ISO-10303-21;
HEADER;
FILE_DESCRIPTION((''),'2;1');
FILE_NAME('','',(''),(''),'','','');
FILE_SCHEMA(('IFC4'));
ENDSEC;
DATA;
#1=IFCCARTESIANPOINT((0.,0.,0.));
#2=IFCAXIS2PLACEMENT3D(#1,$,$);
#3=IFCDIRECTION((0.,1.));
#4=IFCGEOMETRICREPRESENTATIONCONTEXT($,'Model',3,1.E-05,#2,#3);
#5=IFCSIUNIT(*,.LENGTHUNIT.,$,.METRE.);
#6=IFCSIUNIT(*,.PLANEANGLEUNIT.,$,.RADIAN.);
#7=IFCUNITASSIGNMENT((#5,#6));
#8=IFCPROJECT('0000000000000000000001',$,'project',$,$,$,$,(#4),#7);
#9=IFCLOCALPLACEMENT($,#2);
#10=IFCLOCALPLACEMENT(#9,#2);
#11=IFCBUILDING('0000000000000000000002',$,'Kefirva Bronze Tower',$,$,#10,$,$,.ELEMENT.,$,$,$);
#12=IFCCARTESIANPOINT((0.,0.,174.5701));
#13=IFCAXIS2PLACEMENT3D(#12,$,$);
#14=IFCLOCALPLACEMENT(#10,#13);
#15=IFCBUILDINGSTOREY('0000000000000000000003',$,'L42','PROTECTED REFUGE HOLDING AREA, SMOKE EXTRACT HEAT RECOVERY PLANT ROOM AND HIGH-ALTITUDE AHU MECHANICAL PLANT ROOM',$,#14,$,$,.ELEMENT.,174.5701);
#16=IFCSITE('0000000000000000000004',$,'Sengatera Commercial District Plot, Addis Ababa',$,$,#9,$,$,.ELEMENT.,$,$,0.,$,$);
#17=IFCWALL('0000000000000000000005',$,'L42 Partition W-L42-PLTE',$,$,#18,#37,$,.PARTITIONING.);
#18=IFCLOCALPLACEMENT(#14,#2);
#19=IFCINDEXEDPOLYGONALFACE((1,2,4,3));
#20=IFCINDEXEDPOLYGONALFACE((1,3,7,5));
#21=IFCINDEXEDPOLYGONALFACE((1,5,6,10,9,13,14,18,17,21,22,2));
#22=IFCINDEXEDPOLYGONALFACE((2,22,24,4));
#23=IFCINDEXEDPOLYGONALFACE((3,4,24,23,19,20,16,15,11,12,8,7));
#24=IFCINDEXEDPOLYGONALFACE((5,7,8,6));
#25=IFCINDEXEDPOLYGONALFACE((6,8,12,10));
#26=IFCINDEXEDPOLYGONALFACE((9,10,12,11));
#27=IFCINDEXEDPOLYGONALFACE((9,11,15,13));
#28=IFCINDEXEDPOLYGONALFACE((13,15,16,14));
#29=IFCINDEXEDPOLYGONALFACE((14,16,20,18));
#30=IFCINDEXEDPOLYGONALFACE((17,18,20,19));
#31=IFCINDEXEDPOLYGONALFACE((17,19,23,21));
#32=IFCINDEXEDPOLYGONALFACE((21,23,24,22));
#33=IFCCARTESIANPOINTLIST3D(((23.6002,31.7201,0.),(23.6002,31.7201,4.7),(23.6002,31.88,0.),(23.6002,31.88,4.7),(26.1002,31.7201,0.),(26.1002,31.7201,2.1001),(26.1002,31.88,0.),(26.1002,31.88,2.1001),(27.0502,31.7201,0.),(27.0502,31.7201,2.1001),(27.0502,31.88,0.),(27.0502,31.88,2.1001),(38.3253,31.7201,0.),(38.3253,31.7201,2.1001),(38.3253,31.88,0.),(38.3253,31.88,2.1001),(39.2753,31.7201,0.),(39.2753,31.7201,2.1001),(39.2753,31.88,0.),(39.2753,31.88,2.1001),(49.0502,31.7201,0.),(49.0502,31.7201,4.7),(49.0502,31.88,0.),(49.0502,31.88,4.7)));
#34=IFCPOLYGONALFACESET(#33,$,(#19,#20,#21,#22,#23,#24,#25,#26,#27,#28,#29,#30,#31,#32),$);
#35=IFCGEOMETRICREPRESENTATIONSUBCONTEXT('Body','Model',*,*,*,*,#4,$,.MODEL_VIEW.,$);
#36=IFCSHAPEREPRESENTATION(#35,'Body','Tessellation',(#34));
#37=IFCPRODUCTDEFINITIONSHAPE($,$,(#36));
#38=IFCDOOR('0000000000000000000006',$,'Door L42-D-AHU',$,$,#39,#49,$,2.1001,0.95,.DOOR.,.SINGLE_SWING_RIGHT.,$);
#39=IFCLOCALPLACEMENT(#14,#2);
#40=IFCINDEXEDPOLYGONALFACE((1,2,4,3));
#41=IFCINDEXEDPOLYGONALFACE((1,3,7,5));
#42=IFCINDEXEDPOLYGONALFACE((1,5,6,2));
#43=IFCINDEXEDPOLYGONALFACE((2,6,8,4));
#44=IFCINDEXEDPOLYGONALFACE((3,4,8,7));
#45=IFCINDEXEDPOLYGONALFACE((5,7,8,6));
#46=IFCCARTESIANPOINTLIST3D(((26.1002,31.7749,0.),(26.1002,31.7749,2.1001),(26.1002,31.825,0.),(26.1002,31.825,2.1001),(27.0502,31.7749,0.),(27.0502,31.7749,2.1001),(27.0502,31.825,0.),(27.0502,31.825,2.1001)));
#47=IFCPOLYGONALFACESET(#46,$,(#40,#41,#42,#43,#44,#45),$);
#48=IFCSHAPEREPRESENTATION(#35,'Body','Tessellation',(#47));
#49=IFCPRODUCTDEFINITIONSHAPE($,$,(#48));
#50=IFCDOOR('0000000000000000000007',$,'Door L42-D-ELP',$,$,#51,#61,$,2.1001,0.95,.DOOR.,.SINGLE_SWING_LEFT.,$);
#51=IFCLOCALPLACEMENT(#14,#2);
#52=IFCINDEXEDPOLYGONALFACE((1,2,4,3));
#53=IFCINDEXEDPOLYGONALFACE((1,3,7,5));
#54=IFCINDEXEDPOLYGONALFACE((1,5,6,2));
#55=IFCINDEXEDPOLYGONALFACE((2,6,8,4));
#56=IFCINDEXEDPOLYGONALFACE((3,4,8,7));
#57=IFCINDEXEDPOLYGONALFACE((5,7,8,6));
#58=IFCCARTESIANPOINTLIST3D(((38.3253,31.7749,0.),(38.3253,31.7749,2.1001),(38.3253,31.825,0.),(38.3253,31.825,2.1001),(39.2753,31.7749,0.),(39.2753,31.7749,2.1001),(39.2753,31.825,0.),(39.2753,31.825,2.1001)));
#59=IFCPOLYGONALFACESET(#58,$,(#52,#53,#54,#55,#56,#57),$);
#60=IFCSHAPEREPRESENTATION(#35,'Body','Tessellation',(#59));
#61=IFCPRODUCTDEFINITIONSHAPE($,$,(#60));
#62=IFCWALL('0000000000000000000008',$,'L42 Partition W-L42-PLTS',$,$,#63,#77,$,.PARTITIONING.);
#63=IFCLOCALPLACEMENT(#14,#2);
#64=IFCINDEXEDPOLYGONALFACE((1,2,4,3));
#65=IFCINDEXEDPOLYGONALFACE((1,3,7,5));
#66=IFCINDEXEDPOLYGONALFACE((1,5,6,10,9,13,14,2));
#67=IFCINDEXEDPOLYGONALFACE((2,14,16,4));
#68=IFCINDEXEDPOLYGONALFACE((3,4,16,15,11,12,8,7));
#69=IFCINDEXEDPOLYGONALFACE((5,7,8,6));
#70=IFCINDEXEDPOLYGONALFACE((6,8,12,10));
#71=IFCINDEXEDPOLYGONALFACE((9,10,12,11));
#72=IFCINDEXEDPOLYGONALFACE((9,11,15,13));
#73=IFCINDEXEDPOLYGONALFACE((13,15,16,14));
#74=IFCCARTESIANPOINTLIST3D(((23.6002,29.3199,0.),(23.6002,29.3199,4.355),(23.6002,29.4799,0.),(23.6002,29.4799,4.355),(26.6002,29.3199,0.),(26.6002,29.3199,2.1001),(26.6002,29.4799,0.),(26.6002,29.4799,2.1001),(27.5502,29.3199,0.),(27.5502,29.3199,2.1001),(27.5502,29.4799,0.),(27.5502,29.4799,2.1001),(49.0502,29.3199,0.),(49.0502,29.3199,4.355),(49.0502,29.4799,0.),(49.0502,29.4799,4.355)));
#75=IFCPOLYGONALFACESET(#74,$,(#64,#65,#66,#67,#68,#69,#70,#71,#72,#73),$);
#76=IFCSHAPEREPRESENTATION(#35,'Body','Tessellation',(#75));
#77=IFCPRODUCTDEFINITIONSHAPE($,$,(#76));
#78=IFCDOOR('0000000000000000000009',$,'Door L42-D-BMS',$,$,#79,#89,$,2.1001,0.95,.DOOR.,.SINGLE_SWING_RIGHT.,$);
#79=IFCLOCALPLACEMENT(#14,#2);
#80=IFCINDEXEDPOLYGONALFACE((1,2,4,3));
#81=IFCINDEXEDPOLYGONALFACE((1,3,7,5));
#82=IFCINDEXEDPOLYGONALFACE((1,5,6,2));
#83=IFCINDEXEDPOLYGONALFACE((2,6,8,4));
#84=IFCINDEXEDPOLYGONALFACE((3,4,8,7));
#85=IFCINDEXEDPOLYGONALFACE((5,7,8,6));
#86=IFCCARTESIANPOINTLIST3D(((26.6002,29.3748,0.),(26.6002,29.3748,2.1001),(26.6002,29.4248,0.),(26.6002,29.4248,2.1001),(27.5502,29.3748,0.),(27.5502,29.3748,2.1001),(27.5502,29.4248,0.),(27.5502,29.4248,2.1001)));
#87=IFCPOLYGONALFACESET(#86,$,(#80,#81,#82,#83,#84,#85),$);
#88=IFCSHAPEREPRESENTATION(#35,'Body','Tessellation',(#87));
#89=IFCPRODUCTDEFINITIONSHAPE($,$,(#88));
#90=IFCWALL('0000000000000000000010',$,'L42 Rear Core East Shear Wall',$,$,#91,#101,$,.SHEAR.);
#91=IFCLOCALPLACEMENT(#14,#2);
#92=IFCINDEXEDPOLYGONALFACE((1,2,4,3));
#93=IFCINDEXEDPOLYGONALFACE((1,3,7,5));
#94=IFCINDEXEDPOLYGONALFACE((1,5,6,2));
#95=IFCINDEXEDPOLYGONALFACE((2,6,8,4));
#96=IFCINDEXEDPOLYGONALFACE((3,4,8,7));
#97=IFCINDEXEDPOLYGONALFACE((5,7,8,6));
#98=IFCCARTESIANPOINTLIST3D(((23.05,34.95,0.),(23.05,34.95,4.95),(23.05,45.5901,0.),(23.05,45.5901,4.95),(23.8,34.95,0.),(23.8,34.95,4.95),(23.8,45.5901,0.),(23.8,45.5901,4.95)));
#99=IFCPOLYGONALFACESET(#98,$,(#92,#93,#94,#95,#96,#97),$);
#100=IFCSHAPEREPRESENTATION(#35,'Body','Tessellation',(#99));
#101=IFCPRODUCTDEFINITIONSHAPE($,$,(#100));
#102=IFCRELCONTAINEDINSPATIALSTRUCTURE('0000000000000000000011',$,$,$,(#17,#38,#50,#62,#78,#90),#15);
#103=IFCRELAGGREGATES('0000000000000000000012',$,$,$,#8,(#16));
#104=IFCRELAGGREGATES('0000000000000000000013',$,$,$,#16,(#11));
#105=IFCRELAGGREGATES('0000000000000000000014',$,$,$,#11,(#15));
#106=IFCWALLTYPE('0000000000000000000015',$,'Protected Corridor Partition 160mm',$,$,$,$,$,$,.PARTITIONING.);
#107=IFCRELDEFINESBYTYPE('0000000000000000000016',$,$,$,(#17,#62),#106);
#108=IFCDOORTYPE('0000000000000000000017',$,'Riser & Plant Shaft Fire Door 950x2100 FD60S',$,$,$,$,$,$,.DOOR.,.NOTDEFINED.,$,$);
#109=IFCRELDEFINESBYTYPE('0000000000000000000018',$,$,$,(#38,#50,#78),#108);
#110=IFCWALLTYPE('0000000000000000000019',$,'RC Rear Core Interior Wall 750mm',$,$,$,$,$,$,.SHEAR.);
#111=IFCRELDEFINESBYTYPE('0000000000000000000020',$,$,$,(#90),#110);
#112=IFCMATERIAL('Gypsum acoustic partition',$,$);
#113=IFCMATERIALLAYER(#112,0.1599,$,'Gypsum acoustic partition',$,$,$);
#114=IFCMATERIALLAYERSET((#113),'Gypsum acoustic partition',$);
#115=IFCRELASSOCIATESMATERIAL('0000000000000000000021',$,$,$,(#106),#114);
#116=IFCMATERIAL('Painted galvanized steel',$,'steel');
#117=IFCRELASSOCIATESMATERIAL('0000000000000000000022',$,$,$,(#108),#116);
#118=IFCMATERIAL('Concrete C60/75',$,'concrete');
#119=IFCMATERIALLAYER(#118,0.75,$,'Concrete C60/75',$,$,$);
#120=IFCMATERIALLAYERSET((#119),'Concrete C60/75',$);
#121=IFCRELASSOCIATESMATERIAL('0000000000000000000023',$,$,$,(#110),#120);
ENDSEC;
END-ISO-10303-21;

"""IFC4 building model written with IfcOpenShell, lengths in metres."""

from ifc_helpers import new_model, si_unit, direction, frame, frame_2d, origin, place, context, subcontext, project, spatial, rectangle, extrude, material, layer, layer_set, type_object, element, fill, save


model = new_model("IFC4")

# Units and contexts
model_context = context("Model", 3, precision=1e-05, world=origin(), true_north=direction((0.0, 1.0)))
body_context = subcontext(model_context, "Body", "Model", "MODEL_VIEW")
ifc_project = project(units=[si_unit("LENGTHUNIT", "METRE"), si_unit("PLANEANGLEUNIT", "RADIAN")], contexts=[model_context])

# Site, building, storey
site_placement = place(None, origin())
site = spatial("IfcSite", under=ifc_project, at=site_placement, Name="Sengatera Commercial District Plot, Addis Ababa", CompositionType="ELEMENT", RefElevation=0.0)
building_placement = place(site_placement, origin())
building = spatial("IfcBuilding", under=site, at=building_placement, Name="Kefirva Bronze Tower", CompositionType="ELEMENT")
storey_placement = place(building_placement, frame((0.0, 0.0, 174.5701)))
storey = spatial("IfcBuildingStorey", under=building, at=storey_placement, Name="L42", Description="PROTECTED REFUGE HOLDING AREA, SMOKE EXTRACT HEAT RECOVERY PLANT ROOM AND HIGH-ALTITUDE AHU MECHANICAL PLANT ROOM", CompositionType="ELEMENT", Elevation=174.5701)

# Shared definitions
ifc_material_1 = material(Name="Concrete C60/75", Category="concrete")

# Wall, openings, doors
ifc_material_2 = material(Name="Gypsum acoustic partition")
ifc_layer_1 = layer(ifc_material_2, 0.1599, Name="Gypsum acoustic partition")
ifc_layer_set_1 = layer_set([ifc_layer_1], Name="Gypsum acoustic partition")
wall_type_1 = type_object("IfcWallType", Name="Protected Corridor Partition 160mm", PredefinedType="PARTITIONING", material=ifc_layer_set_1)
wall_1_placement = place(storey_placement, frame((23.6001, 31.8, 0.0), z_axis=(0.0, 0.0, 1.0), x_axis=(1.0, 0.0, 0.0)))
wall_1 = element("IfcWall", 1, at=wall_1_placement, inside=storey, type_object=wall_type_1, Name="L42 Partition W-L42-PLTE", PredefinedType="PARTITIONING", context=body_context, shape_type="SweptSolid", body=[
    extrude(rectangle(XDim=25.45, YDim=0.1599, at=frame_2d((12.7251, 0.0))), origin(), (0.0, 0.0, 1.0), 4.7),
])
opening_1_placement = place(wall_1_placement, frame((2.5, 0.0, 0.0)))
opening_1 = element("IfcOpeningElement", 2, at=opening_1_placement, cuts=wall_1, PredefinedType="OPENING", context=body_context, shape_type="SweptSolid", body=[
    extrude(rectangle(XDim=0.95, YDim=2.1001, at=frame_2d((0.4751, 1.05))), frame((0.0, 0.0898, 0.0), z_axis=(0.0, -1.0, 0.0), x_axis=(1.0, 0.0, 0.0)), (0.0, 0.0, 1.0), 0.1799),
])
opening_2_placement = place(wall_1_placement, frame((14.7251, 0.0, 0.0)))
opening_2 = element("IfcOpeningElement", 3, at=opening_2_placement, cuts=wall_1, PredefinedType="OPENING", context=body_context, shape_type="SweptSolid", body=[
    extrude(rectangle(XDim=0.95, YDim=2.1001, at=frame_2d((0.4751, 1.05))), frame((0.0, 0.0898, 0.0), z_axis=(0.0, -1.0, 0.0), x_axis=(1.0, 0.0, 0.0)), (0.0, 0.0, 1.0), 0.1799),
])
ifc_material_3 = material(Name="Painted galvanized steel", Category="steel")
door_type = type_object("IfcDoorType", Name="Riser & Plant Shaft Fire Door 950x2100 FD60S", OperationType="NOTDEFINED", PredefinedType="DOOR", material=ifc_material_3)
door_1_placement = place(opening_1_placement, origin())
door_1 = element("IfcDoor", 4, at=door_1_placement, inside=storey, type_object=door_type, Name="Door L42-D-AHU", OperationType="SINGLE_SWING_RIGHT", OverallHeight=2.1001, OverallWidth=0.95, PredefinedType="DOOR", context=body_context, shape_type="SweptSolid", body=[
    extrude(rectangle(XDim=0.95, YDim=2.1001, at=frame_2d((0.4751, 1.05))), frame((0.0, 0.0249, 0.0), z_axis=(0.0, -1.0, 0.0), x_axis=(1.0, 0.0, 0.0)), (0.0, 0.0, 1.0), 0.05),
])
fill(opening_1, door_1)
door_2_placement = place(opening_2_placement, origin())
door_2 = element("IfcDoor", 5, at=door_2_placement, inside=storey, type_object=door_type, Name="Door L42-D-ELP", OperationType="SINGLE_SWING_LEFT", OverallHeight=2.1001, OverallWidth=0.95, PredefinedType="DOOR", context=body_context, shape_type="SweptSolid", body=[
    extrude(rectangle(XDim=0.95, YDim=2.1001, at=frame_2d((0.4751, 1.05))), frame((0.0, 0.0249, 0.0), z_axis=(0.0, -1.0, 0.0), x_axis=(1.0, 0.0, 0.0)), (0.0, 0.0, 1.0), 0.05),
])
fill(opening_2, door_2)

# Wall, opening, door
wall_2_placement = place(storey_placement, frame((23.6001, 29.3999, 0.0), z_axis=(0.0, 0.0, 1.0), x_axis=(1.0, 0.0, 0.0)))
wall_2 = element("IfcWall", 6, at=wall_2_placement, inside=storey, type_object=wall_type_1, Name="L42 Partition W-L42-PLTS", PredefinedType="PARTITIONING", context=body_context, shape_type="SweptSolid", body=[
    extrude(rectangle(XDim=25.45, YDim=0.1599, at=frame_2d((12.7251, 0.0))), origin(), (0.0, 0.0, 1.0), 4.355),
])
opening_3_placement = place(wall_2_placement, frame((3.0, 0.0, 0.0)))
opening_3 = element("IfcOpeningElement", 7, at=opening_3_placement, cuts=wall_2, PredefinedType="OPENING", context=body_context, shape_type="SweptSolid", body=[
    extrude(rectangle(XDim=0.95, YDim=2.1001, at=frame_2d((0.4751, 1.05))), frame((0.0, 0.0898, 0.0), z_axis=(0.0, -1.0, 0.0), x_axis=(1.0, 0.0, 0.0)), (0.0, 0.0, 1.0), 0.1799),
])
door_3_placement = place(opening_3_placement, origin())
door_3 = element("IfcDoor", 8, at=door_3_placement, inside=storey, type_object=door_type, Name="Door L42-D-BMS", OperationType="SINGLE_SWING_RIGHT", OverallHeight=2.1001, OverallWidth=0.95, PredefinedType="DOOR", context=body_context, shape_type="SweptSolid", body=[
    extrude(rectangle(XDim=0.95, YDim=2.1001, at=frame_2d((0.4751, 1.05))), frame((0.0, 0.0249, 0.0), z_axis=(0.0, -1.0, 0.0), x_axis=(1.0, 0.0, 0.0)), (0.0, 0.0, 1.0), 0.05),
])
fill(opening_3, door_3)

# Wall
ifc_layer_2 = layer(ifc_material_1, 0.75, Name="Concrete C60/75")
ifc_layer_set_2 = layer_set([ifc_layer_2], Name="Concrete C60/75")
wall_type_2 = type_object("IfcWallType", Name="RC Rear Core Interior Wall 750mm", PredefinedType="SHEAR", material=ifc_layer_set_2)
wall_3_placement = place(storey_placement, frame((23.425, 34.95, 0.0), z_axis=(0.0, 0.0, 1.0), x_axis=(0.0, 1.0, 0.0)))
element("IfcWall", 9, at=wall_3_placement, inside=storey, type_object=wall_type_2, Name="L42 Rear Core East Shear Wall", PredefinedType="SHEAR", context=body_context, shape_type="SweptSolid", body=[
    extrude(rectangle(XDim=10.6401, YDim=0.75, at=frame_2d((5.3201, 0.0))), origin(), (0.0, 0.0, 1.0), 4.95),
])

save(model, "model.ifc")
